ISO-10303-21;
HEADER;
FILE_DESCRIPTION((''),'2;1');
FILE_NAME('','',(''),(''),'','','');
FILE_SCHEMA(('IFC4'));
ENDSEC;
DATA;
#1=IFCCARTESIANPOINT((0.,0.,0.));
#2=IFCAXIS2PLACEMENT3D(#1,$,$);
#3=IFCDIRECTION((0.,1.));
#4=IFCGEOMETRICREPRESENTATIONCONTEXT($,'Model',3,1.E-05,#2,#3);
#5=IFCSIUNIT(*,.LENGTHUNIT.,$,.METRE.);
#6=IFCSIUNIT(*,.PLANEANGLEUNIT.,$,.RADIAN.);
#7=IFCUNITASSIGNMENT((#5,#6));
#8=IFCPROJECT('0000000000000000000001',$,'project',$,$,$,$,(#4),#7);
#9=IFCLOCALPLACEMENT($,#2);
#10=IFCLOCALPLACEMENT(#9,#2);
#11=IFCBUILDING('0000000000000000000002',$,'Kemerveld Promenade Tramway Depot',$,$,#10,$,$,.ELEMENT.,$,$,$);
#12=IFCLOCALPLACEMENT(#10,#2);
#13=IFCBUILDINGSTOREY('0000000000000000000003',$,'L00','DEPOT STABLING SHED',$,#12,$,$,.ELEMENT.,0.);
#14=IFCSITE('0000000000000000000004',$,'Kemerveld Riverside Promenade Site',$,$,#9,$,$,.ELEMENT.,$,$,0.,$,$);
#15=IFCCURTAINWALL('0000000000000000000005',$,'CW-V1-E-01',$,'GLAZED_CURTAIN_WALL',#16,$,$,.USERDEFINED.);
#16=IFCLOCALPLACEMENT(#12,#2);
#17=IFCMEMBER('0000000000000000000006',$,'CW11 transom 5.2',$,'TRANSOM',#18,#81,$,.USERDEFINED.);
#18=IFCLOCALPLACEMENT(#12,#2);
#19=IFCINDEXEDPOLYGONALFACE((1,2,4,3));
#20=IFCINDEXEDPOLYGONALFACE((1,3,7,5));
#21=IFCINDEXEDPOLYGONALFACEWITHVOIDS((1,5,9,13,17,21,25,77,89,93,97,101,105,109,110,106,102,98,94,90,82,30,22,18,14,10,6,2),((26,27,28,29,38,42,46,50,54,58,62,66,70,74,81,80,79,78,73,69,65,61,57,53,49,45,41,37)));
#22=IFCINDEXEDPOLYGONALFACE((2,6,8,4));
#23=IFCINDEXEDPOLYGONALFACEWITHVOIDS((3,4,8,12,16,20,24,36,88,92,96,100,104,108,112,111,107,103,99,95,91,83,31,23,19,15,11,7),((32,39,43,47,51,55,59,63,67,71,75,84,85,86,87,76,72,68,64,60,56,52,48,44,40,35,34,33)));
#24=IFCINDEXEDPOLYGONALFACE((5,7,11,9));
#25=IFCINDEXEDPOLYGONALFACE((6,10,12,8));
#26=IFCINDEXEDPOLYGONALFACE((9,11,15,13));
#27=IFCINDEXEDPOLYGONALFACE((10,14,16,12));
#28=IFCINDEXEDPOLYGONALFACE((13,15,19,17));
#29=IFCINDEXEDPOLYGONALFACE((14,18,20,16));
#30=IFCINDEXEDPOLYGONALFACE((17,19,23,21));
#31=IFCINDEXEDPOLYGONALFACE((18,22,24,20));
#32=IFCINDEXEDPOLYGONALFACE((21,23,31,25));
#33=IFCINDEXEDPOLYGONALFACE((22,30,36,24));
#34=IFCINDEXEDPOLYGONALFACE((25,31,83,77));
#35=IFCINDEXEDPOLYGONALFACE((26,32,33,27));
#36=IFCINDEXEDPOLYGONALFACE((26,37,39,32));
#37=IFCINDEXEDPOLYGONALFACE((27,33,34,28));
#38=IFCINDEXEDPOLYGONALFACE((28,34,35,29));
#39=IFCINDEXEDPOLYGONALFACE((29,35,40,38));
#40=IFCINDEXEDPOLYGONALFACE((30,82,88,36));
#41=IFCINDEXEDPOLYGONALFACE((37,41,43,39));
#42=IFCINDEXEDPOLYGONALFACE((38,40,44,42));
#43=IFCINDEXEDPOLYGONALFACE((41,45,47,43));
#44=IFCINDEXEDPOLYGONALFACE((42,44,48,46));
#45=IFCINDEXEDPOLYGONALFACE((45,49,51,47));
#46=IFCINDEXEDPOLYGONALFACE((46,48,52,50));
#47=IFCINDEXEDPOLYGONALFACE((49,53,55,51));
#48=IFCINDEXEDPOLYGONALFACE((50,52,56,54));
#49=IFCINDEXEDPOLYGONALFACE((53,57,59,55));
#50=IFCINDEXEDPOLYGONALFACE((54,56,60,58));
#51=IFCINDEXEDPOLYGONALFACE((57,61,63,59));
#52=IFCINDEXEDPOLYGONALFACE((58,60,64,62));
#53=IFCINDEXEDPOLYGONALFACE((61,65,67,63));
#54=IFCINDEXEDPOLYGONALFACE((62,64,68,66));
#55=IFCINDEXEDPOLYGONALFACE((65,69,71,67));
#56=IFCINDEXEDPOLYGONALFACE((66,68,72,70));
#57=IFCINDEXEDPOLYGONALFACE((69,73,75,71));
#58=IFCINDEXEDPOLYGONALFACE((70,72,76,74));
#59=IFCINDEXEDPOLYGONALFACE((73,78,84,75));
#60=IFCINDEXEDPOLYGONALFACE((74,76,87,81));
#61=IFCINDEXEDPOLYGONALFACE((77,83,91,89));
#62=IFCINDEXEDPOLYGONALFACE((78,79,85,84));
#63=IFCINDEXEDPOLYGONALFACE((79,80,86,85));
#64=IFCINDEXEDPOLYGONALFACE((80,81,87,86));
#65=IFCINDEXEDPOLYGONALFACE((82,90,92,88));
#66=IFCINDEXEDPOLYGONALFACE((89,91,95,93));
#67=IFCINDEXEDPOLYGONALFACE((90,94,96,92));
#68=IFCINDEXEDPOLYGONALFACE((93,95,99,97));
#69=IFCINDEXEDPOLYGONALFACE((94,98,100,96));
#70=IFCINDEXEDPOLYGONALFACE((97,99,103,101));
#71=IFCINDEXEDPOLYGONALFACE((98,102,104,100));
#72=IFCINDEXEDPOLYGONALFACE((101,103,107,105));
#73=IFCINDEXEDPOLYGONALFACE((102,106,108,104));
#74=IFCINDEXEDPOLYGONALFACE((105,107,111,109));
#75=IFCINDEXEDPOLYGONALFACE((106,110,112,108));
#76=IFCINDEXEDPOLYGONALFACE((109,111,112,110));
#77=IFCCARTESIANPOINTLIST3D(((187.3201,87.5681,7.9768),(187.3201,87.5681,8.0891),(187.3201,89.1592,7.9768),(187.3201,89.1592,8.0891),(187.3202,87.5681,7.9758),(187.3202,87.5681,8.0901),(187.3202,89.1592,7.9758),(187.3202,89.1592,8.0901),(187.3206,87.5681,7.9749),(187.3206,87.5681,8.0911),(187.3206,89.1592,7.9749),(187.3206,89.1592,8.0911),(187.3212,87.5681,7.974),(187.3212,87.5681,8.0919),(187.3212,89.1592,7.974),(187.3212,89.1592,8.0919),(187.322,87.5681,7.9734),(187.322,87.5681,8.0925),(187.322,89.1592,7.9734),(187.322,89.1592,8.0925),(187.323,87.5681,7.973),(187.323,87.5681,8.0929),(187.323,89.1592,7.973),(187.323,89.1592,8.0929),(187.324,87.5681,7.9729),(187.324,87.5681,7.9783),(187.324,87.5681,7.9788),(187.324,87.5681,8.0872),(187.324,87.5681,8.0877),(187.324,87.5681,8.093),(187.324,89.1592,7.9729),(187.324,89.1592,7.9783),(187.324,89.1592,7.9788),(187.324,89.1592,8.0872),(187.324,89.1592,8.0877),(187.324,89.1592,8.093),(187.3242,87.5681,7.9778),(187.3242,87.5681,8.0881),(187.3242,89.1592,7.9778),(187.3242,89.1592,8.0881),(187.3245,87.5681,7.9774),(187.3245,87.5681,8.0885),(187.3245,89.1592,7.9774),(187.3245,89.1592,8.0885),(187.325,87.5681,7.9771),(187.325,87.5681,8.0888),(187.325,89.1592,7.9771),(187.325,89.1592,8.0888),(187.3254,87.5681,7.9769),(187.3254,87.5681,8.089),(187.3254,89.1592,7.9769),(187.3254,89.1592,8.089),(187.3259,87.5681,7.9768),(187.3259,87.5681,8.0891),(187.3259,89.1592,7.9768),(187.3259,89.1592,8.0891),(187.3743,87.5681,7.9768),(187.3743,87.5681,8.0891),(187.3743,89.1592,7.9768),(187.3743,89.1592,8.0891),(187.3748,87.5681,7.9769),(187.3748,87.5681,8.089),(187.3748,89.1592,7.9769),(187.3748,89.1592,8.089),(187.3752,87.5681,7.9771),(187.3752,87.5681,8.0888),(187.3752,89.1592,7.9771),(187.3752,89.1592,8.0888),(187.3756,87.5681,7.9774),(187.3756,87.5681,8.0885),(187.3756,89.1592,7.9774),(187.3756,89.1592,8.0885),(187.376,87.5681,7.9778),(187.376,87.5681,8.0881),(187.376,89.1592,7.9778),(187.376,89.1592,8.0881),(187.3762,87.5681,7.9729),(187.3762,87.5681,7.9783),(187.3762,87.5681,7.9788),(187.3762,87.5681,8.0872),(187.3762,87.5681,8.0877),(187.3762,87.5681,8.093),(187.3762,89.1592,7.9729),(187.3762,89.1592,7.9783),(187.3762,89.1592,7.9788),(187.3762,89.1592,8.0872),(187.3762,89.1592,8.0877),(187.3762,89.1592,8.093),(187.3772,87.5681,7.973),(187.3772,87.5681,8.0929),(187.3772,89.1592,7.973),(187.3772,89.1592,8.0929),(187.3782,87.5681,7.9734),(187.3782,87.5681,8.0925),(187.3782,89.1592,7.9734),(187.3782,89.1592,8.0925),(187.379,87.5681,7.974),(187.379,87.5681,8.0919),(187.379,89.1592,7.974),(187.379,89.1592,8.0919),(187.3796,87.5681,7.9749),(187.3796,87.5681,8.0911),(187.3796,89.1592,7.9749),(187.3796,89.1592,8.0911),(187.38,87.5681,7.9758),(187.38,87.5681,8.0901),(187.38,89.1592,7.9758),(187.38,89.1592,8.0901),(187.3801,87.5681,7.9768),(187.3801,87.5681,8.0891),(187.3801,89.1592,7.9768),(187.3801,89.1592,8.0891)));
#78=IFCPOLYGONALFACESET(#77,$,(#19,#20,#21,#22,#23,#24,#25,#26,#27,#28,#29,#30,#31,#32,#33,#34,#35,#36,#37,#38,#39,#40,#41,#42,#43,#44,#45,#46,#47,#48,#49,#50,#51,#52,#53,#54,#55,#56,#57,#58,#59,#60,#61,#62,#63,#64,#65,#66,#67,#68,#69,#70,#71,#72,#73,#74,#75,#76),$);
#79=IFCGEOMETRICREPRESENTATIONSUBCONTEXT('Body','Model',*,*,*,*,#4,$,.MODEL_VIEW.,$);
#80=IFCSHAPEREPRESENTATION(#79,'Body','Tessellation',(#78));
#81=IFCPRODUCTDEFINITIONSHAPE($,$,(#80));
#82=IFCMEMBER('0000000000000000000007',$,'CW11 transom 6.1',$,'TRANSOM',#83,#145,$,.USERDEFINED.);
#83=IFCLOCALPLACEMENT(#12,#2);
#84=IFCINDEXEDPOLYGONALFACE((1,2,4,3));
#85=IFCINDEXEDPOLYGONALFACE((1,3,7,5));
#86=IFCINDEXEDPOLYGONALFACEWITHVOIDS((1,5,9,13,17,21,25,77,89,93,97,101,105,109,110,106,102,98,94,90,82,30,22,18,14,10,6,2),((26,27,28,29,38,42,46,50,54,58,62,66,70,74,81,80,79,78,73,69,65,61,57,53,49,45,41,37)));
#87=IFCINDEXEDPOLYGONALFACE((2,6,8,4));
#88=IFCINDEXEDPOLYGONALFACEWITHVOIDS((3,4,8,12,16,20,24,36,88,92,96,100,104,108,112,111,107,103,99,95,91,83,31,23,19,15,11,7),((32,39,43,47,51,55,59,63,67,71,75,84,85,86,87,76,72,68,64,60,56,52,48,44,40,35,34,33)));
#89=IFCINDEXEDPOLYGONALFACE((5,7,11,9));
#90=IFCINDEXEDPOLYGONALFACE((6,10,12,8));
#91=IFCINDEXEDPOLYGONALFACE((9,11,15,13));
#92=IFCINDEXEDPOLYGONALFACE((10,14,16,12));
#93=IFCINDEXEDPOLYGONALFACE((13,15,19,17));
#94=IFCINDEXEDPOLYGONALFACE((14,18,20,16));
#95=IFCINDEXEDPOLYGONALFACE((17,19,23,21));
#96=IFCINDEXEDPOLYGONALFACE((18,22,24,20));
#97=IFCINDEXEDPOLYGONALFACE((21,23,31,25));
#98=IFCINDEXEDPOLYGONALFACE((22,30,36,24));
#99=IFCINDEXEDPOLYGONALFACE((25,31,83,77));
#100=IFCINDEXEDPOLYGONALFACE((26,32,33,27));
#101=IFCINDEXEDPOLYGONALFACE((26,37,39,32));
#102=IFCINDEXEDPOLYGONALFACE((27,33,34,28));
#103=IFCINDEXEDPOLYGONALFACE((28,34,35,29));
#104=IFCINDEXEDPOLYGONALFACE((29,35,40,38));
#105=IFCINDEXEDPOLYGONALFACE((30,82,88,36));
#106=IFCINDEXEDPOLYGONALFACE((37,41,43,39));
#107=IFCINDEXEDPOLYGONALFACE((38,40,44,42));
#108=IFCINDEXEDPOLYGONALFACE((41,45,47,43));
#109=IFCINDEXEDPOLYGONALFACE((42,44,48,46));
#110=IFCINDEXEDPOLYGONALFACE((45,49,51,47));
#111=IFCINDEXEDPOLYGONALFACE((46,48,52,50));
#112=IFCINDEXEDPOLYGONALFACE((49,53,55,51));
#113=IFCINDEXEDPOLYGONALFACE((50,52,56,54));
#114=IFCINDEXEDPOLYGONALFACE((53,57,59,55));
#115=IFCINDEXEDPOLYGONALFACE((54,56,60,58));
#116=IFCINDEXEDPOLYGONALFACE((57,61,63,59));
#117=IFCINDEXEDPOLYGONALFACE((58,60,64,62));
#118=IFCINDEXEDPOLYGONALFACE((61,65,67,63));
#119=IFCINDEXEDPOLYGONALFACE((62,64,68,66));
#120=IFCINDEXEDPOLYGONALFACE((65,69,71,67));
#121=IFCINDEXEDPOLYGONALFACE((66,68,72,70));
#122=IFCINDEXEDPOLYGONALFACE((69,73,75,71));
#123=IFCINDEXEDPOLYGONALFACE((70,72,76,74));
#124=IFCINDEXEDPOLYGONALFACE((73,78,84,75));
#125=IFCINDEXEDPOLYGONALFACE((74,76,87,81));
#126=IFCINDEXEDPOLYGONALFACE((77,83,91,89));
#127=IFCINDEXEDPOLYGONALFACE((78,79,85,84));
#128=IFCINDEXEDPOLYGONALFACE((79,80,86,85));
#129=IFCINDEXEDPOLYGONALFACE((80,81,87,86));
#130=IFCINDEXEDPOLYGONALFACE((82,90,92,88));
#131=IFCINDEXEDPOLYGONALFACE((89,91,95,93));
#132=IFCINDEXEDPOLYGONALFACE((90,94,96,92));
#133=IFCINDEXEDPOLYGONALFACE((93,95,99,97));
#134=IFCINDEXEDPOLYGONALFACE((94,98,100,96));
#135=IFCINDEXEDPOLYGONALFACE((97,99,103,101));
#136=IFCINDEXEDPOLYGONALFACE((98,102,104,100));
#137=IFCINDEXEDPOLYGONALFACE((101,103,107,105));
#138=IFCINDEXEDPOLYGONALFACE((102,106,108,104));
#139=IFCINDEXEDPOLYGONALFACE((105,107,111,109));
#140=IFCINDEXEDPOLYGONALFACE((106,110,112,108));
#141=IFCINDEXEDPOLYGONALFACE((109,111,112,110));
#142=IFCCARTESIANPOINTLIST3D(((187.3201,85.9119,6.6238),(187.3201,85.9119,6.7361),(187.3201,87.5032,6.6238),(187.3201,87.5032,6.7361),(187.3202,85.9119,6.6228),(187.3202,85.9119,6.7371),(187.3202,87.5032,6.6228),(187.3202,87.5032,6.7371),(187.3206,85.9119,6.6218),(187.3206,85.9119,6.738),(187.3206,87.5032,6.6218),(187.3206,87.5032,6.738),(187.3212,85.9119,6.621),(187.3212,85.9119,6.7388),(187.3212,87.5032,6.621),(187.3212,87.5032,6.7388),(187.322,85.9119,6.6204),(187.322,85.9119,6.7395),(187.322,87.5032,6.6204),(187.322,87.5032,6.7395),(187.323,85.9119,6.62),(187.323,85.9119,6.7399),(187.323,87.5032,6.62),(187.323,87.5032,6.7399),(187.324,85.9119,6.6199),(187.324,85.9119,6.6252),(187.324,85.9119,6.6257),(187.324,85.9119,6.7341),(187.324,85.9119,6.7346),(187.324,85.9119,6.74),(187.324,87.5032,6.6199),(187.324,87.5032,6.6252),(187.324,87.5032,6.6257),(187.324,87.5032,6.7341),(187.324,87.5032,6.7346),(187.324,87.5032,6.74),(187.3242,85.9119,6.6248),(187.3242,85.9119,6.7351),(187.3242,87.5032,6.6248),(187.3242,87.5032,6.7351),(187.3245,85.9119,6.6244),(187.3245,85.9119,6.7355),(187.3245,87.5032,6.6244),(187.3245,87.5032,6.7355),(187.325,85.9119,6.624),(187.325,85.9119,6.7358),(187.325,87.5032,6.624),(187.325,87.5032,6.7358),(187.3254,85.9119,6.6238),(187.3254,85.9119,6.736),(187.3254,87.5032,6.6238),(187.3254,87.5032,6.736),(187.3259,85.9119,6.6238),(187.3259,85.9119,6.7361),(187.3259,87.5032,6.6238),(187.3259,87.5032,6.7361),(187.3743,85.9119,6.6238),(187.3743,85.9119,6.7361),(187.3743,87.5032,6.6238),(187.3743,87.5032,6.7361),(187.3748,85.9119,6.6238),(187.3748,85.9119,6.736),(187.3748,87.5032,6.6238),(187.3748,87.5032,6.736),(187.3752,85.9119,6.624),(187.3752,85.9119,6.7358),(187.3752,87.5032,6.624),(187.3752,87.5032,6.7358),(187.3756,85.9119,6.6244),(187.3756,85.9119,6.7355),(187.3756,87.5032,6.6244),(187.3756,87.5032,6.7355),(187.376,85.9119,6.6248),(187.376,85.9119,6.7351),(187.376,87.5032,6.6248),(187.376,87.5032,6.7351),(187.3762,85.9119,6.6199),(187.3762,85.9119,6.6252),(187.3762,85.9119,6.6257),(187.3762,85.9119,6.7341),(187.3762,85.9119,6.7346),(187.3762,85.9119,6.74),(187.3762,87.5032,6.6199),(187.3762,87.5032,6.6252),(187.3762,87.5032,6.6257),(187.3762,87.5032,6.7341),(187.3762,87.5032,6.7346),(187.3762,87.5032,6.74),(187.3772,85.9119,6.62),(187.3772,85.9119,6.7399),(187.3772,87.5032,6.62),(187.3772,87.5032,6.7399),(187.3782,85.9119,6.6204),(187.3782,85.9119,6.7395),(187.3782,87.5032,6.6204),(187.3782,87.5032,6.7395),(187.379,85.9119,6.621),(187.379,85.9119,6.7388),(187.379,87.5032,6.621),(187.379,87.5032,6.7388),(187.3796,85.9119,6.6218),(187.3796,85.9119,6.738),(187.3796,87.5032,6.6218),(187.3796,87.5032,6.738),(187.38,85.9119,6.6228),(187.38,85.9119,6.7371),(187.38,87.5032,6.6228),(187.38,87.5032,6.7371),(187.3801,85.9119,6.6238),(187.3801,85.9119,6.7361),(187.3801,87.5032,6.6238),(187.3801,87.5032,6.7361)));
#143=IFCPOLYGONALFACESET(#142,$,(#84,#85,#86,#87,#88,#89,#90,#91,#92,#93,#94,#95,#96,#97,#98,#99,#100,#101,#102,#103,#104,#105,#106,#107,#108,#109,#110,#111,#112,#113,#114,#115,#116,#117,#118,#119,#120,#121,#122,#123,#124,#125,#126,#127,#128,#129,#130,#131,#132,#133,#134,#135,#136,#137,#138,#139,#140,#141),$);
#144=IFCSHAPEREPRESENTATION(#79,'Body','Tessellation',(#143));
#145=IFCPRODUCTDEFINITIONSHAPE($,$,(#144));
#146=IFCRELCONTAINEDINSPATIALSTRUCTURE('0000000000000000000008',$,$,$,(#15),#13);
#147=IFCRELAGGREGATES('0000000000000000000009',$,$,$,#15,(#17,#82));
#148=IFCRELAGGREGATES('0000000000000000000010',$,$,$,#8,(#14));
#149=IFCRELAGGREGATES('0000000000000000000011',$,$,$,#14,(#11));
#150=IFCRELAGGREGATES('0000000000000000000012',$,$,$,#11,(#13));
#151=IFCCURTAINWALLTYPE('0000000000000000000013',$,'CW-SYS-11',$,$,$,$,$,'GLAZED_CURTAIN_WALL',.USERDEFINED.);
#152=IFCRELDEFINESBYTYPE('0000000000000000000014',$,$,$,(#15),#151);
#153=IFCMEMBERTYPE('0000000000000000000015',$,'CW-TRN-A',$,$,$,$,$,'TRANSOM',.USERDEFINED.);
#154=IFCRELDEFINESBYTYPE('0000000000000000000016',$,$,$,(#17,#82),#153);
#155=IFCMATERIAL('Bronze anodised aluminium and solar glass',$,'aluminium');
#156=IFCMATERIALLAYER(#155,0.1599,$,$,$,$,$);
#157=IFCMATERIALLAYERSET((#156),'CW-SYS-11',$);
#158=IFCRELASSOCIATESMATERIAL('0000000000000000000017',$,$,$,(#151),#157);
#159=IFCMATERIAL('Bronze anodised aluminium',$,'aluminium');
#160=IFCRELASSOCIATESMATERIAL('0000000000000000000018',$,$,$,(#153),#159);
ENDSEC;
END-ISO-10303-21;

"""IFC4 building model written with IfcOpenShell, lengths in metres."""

from ifc_helpers import new_model, si_unit, direction, frame, origin, origin_2d, place, context, subcontext, project, spatial, hollow_rectangle, extrude, material, layer, layer_set, material_profile, profile_set, type_object, element, aggregate, save


model = new_model("IFC4")

# Units and contexts
model_context = context("Model", 3, precision=1e-05, world=origin(), true_north=direction((0.0, 1.0)))
body_context = subcontext(model_context, "Body", "Model", "MODEL_VIEW")
ifc_project = project(units=[si_unit("LENGTHUNIT", "METRE"), si_unit("PLANEANGLEUNIT", "RADIAN")], contexts=[model_context])

# Site, building, storey
site_placement = place(None, origin())
site = spatial("IfcSite", under=ifc_project, at=site_placement, Name="Kemerveld Riverside Promenade Site", CompositionType="ELEMENT", RefElevation=0.0)
building_placement = place(site_placement, origin())
building = spatial("IfcBuilding", under=site, at=building_placement, Name="Kemerveld Promenade Tramway Depot", CompositionType="ELEMENT")
storey_placement = place(building_placement, origin())
storey = spatial("IfcBuildingStorey", under=building, at=storey_placement, Name="L00", Description="DEPOT STABLING SHED", CompositionType="ELEMENT", Elevation=0.0)

# Curtain wall, members
ifc_material_1 = material(Name="Bronze anodised aluminium and solar glass", Category="aluminium")
ifc_layer_1 = layer(ifc_material_1, 0.1599)
ifc_layer_set_1 = layer_set([ifc_layer_1], Name="CW-SYS-11")
curtain_wall_type = type_object("IfcCurtainWallType", Name="CW-SYS-11", ElementType="GLAZED_CURTAIN_WALL", PredefinedType="USERDEFINED", material=ifc_layer_set_1)
curtain_wall_placement = place(storey_placement, origin())
curtain_wall = element("IfcCurtainWall", 1, at=curtain_wall_placement, inside=storey, type_object=curtain_wall_type, Name="CW-V1-E-01", ObjectType="GLAZED_CURTAIN_WALL", PredefinedType="USERDEFINED")
ifc_material_2 = material(Name="Bronze anodised aluminium", Category="aluminium")
ifc_material_profile_1 = material_profile(ifc_material_2, hollow_rectangle(XDim=0.0601, YDim=0.1201, WallThickness=0.0039, InnerFilletRadius=0.002, OuterFilletRadius=0.0039, at=origin_2d()), Name="CW-TRN-120x60")
ifc_profile_set_1 = profile_set([ifc_material_profile_1], Name="Bronze anodised aluminium")
member_type_1 = type_object("IfcMemberType", Name="CW-TRN-A", ElementType="TRANSOM", PredefinedType="USERDEFINED", material=ifc_profile_set_1)
member_1_placement = place(storey_placement, frame((187.3501, 89.1592, 8.033), z_axis=(0.0, -1.0, 0.0), x_axis=(1.0, 0.0, 0.0)))
member_1 = element("IfcMember", 2, at=member_1_placement, type_object=member_type_1, Name="CW11 transom 5.2", ObjectType="TRANSOM", PredefinedType="USERDEFINED", context=body_context, shape_type="SweptSolid", body=[
    extrude(hollow_rectangle(XDim=0.0601, YDim=0.1201, WallThickness=0.0039, InnerFilletRadius=0.002, OuterFilletRadius=0.0039, at=origin_2d()), origin(), (0.0, 0.0, 1.0), 1.5911),
])
member_2_placement = place(storey_placement, frame((187.3501, 87.5032, 6.6799), z_axis=(0.0, -1.0, 0.0), x_axis=(1.0, 0.0, 0.0)))
member_2 = element("IfcMember", 3, at=member_2_placement, type_object=member_type_1, Name="CW11 transom 6.1", ObjectType="TRANSOM", PredefinedType="USERDEFINED", context=body_context, shape_type="SweptSolid", body=[
    extrude(hollow_rectangle(XDim=0.0601, YDim=0.1201, WallThickness=0.0039, InnerFilletRadius=0.002, OuterFilletRadius=0.0039, at=origin_2d()), origin(), (0.0, 0.0, 1.0), 1.5913),
])
aggregate(curtain_wall, [member_1, member_2])

save(model, "model.ifc")
